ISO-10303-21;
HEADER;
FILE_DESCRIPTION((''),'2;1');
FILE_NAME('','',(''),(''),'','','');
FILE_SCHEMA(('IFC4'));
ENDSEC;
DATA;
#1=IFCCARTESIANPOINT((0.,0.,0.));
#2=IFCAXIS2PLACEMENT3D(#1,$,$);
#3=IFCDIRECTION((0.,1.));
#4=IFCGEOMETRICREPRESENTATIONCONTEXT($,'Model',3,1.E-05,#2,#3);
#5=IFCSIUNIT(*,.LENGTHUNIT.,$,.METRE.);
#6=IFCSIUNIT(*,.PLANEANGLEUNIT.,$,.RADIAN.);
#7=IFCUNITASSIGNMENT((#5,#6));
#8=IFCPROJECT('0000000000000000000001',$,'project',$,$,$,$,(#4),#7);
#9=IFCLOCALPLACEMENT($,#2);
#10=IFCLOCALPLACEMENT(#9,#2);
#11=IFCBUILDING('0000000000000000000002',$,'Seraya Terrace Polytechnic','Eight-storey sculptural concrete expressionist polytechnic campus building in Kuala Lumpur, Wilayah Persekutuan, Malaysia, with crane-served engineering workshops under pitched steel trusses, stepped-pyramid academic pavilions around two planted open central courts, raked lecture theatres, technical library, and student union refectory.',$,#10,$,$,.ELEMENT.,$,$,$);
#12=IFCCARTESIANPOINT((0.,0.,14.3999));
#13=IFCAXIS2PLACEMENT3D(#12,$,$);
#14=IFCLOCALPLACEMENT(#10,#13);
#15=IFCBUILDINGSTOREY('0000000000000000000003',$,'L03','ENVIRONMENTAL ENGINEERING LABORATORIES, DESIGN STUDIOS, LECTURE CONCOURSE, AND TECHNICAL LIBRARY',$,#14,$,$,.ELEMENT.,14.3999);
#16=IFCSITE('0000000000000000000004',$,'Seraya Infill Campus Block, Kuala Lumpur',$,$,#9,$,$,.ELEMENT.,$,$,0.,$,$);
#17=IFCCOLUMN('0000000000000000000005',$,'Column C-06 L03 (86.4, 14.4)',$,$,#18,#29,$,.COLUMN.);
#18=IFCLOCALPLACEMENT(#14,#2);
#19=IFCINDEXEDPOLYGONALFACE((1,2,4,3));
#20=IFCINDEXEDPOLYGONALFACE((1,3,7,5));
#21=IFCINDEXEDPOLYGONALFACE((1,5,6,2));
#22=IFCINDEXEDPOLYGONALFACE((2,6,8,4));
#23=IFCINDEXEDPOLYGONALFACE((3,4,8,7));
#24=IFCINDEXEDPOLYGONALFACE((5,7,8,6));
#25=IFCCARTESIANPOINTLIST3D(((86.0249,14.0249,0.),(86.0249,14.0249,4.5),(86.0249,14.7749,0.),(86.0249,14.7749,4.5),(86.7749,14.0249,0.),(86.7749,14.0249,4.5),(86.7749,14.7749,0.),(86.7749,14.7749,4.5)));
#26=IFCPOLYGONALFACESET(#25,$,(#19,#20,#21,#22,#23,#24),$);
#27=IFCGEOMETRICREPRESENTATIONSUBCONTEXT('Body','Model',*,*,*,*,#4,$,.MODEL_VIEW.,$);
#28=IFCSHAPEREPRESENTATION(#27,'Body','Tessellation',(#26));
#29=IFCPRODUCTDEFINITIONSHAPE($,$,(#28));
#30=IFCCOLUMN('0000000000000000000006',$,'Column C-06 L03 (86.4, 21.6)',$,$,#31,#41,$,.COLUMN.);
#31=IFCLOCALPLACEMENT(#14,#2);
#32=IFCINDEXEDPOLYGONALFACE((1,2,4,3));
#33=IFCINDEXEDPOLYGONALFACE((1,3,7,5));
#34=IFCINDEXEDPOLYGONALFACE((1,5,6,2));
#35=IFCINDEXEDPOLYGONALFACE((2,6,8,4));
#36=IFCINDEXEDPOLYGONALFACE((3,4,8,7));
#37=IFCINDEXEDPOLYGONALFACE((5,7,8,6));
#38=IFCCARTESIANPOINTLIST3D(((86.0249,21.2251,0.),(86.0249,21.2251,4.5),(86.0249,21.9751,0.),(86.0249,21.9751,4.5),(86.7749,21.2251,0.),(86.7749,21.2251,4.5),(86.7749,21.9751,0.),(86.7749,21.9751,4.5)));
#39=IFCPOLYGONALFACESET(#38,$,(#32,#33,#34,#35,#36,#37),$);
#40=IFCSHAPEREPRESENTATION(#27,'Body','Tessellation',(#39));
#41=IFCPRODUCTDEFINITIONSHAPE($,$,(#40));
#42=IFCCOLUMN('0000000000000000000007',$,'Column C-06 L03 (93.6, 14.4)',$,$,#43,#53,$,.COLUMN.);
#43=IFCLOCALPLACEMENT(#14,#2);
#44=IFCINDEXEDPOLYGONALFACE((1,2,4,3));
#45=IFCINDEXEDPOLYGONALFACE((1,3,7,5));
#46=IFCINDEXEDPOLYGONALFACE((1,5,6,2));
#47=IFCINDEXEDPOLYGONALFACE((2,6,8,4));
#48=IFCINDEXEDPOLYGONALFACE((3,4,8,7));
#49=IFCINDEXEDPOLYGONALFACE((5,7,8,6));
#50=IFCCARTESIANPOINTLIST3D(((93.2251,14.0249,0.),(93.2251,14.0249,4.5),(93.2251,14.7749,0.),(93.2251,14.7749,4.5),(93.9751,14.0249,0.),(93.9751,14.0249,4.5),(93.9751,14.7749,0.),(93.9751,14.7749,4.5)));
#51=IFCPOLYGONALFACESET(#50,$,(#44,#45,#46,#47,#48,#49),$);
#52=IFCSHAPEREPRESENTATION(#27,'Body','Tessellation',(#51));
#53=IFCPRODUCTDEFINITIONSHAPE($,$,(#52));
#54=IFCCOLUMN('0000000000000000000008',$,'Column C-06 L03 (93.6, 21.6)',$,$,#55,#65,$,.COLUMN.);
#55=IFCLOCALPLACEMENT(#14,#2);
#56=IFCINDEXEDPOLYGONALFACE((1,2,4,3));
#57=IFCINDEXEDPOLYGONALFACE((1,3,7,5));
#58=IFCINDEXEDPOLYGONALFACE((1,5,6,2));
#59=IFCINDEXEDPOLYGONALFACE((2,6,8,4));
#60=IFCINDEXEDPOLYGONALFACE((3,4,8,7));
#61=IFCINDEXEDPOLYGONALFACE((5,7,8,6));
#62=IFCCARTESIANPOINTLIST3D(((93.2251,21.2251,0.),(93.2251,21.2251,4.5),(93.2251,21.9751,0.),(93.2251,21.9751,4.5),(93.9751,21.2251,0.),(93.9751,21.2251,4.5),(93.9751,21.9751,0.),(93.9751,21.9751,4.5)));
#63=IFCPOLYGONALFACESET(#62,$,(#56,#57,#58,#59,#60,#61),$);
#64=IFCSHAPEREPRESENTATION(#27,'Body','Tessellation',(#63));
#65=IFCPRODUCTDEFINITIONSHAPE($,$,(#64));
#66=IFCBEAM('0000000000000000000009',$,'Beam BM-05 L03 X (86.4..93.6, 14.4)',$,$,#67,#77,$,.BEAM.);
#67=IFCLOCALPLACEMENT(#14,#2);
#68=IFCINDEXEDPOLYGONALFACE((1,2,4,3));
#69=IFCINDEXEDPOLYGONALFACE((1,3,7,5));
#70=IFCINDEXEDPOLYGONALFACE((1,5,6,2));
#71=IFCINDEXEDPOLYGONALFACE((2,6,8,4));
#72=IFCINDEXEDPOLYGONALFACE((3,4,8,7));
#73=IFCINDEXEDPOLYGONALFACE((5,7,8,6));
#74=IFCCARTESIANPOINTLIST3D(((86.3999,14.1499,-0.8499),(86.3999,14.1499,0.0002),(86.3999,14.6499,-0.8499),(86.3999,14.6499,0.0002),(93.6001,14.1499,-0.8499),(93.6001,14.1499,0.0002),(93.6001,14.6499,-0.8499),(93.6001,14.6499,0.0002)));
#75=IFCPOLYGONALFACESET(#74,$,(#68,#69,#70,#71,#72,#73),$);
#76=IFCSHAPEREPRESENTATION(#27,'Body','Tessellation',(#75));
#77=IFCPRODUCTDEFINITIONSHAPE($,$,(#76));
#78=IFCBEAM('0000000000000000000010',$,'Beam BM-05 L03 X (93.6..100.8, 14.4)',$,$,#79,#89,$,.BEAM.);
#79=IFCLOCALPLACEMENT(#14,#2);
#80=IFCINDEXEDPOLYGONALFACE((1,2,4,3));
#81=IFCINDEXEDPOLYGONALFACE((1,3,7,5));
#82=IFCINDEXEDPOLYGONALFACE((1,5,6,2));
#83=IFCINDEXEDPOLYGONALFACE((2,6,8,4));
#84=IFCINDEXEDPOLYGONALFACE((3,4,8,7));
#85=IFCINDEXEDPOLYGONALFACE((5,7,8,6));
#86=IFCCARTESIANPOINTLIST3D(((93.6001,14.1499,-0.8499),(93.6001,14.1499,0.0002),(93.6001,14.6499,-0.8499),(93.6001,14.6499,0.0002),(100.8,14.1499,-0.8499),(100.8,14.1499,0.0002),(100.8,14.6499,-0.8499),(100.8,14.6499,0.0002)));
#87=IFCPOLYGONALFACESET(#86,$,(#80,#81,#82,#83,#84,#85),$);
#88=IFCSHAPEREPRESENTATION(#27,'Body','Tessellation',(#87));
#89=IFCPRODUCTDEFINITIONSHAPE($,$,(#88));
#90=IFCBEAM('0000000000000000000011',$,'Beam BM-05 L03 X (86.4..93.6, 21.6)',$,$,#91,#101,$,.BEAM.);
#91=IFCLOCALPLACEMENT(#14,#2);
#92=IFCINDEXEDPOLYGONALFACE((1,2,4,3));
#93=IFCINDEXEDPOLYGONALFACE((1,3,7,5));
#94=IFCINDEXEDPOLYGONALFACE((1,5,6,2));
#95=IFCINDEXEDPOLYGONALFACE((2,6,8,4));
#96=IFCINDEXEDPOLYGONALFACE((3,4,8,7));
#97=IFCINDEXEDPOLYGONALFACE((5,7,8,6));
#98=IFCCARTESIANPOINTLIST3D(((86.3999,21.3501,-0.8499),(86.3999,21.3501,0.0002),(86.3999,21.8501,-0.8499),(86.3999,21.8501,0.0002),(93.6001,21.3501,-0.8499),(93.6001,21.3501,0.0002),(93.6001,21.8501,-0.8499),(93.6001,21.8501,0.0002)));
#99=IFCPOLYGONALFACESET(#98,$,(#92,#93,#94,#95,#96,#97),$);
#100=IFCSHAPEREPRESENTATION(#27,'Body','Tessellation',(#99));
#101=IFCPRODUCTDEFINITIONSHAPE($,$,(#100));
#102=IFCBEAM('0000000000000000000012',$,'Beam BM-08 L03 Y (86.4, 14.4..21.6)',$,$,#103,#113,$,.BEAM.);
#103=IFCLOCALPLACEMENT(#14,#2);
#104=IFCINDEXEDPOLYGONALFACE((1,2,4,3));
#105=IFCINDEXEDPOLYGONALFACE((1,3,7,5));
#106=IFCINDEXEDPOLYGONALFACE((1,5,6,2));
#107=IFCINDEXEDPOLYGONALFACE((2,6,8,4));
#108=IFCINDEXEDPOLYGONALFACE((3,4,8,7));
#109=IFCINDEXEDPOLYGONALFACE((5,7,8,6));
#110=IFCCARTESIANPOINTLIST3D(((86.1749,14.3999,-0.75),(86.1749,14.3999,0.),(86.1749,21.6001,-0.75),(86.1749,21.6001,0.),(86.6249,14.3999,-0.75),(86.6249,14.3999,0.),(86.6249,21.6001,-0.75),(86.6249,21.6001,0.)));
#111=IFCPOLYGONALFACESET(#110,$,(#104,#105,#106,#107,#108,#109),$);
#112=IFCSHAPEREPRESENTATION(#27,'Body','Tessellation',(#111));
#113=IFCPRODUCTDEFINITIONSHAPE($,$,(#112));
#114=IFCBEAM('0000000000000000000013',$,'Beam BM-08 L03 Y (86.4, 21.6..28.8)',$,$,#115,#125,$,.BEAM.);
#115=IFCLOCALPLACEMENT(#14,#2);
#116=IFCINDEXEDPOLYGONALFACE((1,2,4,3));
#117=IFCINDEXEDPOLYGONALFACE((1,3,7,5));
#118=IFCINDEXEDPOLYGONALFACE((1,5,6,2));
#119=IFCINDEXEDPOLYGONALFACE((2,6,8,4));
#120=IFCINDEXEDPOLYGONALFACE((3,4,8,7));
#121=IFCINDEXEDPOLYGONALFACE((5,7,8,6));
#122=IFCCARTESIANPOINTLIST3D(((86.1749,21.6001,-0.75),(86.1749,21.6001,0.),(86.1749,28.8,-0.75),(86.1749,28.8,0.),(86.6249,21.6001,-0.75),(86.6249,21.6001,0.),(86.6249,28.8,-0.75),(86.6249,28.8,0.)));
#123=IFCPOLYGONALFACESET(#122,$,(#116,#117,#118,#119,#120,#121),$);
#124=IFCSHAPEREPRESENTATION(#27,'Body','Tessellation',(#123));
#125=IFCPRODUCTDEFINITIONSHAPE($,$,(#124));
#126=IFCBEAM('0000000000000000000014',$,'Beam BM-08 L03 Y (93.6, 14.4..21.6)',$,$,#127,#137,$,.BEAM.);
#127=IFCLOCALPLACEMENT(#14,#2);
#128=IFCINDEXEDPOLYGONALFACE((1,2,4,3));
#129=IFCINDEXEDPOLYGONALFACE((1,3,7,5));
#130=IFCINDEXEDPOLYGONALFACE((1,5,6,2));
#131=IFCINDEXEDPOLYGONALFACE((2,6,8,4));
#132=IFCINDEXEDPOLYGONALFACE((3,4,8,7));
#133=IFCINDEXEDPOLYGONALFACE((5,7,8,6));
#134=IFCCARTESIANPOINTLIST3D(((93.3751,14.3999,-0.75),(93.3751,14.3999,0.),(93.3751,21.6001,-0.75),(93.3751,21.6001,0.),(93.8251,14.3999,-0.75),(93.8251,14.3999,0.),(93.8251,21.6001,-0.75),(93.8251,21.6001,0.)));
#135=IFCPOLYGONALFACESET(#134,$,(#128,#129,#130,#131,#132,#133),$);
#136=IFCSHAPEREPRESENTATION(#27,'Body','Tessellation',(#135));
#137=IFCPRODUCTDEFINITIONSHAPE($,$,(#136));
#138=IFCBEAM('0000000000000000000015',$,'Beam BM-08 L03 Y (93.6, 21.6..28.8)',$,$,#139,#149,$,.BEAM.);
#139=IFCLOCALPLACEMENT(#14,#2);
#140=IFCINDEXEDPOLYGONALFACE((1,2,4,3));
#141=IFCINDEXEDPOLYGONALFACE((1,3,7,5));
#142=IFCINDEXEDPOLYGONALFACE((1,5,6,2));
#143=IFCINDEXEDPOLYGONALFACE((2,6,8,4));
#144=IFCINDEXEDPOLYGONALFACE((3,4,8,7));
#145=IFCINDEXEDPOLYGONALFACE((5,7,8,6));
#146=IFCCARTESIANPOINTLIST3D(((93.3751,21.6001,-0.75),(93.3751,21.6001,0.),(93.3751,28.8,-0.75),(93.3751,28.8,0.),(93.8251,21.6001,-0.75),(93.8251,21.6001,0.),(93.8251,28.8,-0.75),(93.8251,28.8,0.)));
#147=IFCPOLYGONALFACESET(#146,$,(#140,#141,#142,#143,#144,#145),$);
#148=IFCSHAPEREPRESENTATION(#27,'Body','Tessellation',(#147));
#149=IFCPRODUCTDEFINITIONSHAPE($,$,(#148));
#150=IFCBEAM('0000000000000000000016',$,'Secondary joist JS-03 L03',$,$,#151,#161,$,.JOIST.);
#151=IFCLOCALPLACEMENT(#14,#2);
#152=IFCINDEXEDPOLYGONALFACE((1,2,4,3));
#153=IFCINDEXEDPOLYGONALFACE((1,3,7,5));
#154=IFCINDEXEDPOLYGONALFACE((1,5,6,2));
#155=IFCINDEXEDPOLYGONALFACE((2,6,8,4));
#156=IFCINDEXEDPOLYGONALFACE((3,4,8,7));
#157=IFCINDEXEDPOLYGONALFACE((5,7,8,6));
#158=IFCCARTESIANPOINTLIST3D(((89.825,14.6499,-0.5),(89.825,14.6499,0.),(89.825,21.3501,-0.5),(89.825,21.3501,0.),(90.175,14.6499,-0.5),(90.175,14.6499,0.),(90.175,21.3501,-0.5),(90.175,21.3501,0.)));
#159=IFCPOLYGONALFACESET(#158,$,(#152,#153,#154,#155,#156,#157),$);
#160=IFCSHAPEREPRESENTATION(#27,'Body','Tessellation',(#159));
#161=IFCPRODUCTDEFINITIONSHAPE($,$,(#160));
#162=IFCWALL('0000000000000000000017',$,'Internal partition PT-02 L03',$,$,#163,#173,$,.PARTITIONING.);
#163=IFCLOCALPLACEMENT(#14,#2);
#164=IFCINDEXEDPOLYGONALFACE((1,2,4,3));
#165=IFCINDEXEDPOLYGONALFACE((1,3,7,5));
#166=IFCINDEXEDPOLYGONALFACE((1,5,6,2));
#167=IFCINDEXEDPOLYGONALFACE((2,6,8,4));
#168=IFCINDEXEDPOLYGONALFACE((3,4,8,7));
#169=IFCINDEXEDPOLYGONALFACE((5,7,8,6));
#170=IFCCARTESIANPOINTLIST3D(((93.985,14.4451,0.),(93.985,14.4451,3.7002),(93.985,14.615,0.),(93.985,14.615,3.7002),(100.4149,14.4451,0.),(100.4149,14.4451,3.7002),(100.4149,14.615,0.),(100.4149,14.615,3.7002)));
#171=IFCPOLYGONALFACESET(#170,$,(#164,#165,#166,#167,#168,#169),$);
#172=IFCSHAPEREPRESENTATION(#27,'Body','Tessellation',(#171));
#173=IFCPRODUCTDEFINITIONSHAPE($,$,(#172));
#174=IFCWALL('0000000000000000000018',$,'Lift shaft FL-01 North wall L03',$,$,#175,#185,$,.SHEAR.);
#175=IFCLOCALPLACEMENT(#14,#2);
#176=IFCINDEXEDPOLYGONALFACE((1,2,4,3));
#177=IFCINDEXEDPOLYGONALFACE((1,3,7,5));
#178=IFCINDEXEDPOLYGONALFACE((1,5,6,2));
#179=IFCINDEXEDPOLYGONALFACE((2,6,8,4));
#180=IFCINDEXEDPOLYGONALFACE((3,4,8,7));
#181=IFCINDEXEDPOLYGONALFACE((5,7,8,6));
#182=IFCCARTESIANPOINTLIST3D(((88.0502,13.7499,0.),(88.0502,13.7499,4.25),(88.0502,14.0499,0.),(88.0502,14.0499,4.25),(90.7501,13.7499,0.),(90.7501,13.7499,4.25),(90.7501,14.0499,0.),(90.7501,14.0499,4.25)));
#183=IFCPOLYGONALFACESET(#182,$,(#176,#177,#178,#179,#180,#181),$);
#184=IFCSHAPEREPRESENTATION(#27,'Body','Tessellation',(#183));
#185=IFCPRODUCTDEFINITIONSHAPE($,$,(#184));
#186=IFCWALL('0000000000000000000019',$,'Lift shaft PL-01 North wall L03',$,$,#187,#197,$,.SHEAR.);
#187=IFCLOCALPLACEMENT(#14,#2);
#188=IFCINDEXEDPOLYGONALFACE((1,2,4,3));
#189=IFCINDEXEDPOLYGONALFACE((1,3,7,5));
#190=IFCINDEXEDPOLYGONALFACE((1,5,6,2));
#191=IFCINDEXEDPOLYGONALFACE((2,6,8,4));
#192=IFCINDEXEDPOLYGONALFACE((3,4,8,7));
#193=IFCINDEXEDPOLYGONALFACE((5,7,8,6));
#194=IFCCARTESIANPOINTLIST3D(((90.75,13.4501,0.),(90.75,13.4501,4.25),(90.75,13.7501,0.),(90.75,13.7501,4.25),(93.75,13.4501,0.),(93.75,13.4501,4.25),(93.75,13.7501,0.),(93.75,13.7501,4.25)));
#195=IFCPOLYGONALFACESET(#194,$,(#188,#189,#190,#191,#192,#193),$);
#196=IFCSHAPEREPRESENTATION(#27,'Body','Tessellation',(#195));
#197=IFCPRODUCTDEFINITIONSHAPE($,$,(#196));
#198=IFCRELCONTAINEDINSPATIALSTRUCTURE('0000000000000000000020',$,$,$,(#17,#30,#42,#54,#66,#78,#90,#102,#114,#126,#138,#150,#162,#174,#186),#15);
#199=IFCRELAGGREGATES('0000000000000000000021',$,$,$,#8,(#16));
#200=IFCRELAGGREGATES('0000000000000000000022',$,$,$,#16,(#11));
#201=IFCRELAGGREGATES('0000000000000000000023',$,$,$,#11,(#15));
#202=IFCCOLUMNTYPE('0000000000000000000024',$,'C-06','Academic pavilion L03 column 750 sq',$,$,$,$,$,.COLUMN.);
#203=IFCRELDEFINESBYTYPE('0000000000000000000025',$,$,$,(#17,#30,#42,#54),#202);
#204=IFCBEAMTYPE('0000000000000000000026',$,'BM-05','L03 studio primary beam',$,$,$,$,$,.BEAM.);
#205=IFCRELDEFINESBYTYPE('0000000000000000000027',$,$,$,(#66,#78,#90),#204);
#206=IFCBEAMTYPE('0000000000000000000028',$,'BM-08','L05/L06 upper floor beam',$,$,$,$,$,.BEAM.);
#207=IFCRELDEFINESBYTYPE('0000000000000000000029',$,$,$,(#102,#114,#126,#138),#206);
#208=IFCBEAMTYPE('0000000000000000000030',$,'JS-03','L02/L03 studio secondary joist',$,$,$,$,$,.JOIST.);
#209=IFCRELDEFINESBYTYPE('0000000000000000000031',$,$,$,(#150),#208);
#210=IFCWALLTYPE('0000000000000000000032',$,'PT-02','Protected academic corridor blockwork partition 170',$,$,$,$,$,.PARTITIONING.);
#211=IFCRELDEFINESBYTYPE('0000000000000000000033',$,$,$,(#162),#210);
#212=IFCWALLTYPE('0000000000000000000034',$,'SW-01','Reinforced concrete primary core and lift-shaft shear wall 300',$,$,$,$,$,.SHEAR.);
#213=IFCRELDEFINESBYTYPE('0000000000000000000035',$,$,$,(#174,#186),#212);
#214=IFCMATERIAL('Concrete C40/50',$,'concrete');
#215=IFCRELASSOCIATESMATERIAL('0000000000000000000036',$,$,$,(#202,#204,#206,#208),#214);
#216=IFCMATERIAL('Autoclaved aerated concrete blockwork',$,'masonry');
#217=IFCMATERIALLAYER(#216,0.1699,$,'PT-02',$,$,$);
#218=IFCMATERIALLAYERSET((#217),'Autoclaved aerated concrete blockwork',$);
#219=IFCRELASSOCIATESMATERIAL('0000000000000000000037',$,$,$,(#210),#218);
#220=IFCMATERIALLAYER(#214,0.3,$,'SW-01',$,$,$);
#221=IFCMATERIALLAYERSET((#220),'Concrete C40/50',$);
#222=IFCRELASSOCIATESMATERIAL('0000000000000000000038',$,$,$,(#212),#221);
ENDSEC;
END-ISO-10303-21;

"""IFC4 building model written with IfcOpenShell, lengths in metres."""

from ifc_helpers import new_model, si_unit, direction, frame, frame_2d, origin, origin_2d, place, context, subcontext, project, spatial, rectangle, extrude, material, layer, layer_set, material_profile, profile_set, type_object, element, save


model = new_model("IFC4")

# Units and contexts
model_context = context("Model", 3, precision=1e-05, world=origin(), true_north=direction((0.0, 1.0)))
body_context = subcontext(model_context, "Body", "Model", "MODEL_VIEW")
ifc_project = project(units=[si_unit("LENGTHUNIT", "METRE"), si_unit("PLANEANGLEUNIT", "RADIAN")], contexts=[model_context])

# Site, building, storey
site_placement = place(None, origin())
site = spatial("IfcSite", under=ifc_project, at=site_placement, Name="Seraya Infill Campus Block, Kuala Lumpur", CompositionType="ELEMENT", RefElevation=0.0)
building_placement = place(site_placement, origin())
building = spatial("IfcBuilding", under=site, at=building_placement, Name="Seraya Terrace Polytechnic", Description="Eight-storey sculptural concrete expressionist polytechnic campus building in Kuala Lumpur, Wilayah Persekutuan, Malaysia, with crane-served engineering workshops under pitched steel trusses, stepped-pyramid academic pavilions around two planted open central courts, raked lecture theatres, technical library, and student union refectory.", CompositionType="ELEMENT")
storey_placement = place(building_placement, frame((0.0, 0.0, 14.3999)))
storey = spatial("IfcBuildingStorey", under=building, at=storey_placement, Name="L03", Description="ENVIRONMENTAL ENGINEERING LABORATORIES, DESIGN STUDIOS, LECTURE CONCOURSE, AND TECHNICAL LIBRARY", CompositionType="ELEMENT", Elevation=14.3999)

# Columns
ifc_material_1 = material(Name="Concrete C40/50", Category="concrete")
ifc_material_profile_1 = material_profile(ifc_material_1, rectangle(XDim=0.75, YDim=0.75, at=origin_2d()), Name="RC 750x750")
ifc_profile_set_1 = profile_set([ifc_material_profile_1], Name="Concrete C40/50")
column_type = type_object("IfcColumnType", Name="C-06", Description="Academic pavilion L03 column 750 sq", PredefinedType="COLUMN", material=ifc_profile_set_1)
for number, where, z_axis, x_axis, name in (
    (1, (86.3999, 14.3999, 0.0), (0.0, 0.0, 1.0), (1.0, 0.0, 0.0), "Column C-06 L03 (86.4, 14.4)"),
    (2, (86.3999, 21.6001, 0.0), (0.0, 0.0, 1.0), (1.0, 0.0, 0.0), "Column C-06 L03 (86.4, 21.6)"),
    (3, (93.6001, 14.3999, 0.0), (0.0, 0.0, 1.0), (1.0, 0.0, 0.0), "Column C-06 L03 (93.6, 14.4)"),
    (4, (93.6001, 21.6001, 0.0), (0.0, 0.0, 1.0), (1.0, 0.0, 0.0), "Column C-06 L03 (93.6, 21.6)"),
):
    element("IfcColumn", number, at=place(storey_placement, frame(where, z_axis=z_axis, x_axis=x_axis)), inside=storey, type_object=column_type, Name=name, PredefinedType="COLUMN", context=body_context, shape_type="SweptSolid", body=[
        extrude(rectangle(XDim=0.75, YDim=0.75, at=origin_2d()), origin(), (0.0, 0.0, 1.0), 4.5),
    ])

# Beams
ifc_material_profile_2 = material_profile(ifc_material_1, rectangle(XDim=0.5, YDim=0.8501, at=origin_2d()), Name="RC 500x850")
ifc_profile_set_2 = profile_set([ifc_material_profile_2], Name="Concrete C40/50")
beam_type_1 = type_object("IfcBeamType", Name="BM-05", Description="L03 studio primary beam", PredefinedType="BEAM", material=ifc_profile_set_2)
beam_1_placement = place(storey_placement, frame((86.3999, 14.3999, -0.4248), z_axis=(1.0, 0.0, 0.0), x_axis=(0.0, 1.0, 0.0)))
element("IfcBeam", 5, at=beam_1_placement, inside=storey, type_object=beam_type_1, Name="Beam BM-05 L03 X (86.4..93.6, 14.4)", PredefinedType="BEAM", context=body_context, shape_type="SweptSolid", body=[
    extrude(rectangle(XDim=0.5, YDim=0.8501, at=origin_2d()), origin(), (0.0, 0.0, 1.0), 7.2002),
])
beam_2_placement = place(storey_placement, frame((93.6001, 14.3999, -0.4248), z_axis=(1.0, 0.0, 0.0), x_axis=(0.0, 1.0, 0.0)))
element("IfcBeam", 6, at=beam_2_placement, inside=storey, type_object=beam_type_1, Name="Beam BM-05 L03 X (93.6..100.8, 14.4)", PredefinedType="BEAM", context=body_context, shape_type="SweptSolid", body=[
    extrude(rectangle(XDim=0.5, YDim=0.8501, at=origin_2d()), origin(), (0.0, 0.0, 1.0), 7.2),
])
beam_3_placement = place(storey_placement, frame((86.3999, 21.6001, -0.4248), z_axis=(1.0, 0.0, 0.0), x_axis=(0.0, 1.0, 0.0)))
element("IfcBeam", 7, at=beam_3_placement, inside=storey, type_object=beam_type_1, Name="Beam BM-05 L03 X (86.4..93.6, 21.6)", PredefinedType="BEAM", context=body_context, shape_type="SweptSolid", body=[
    extrude(rectangle(XDim=0.5, YDim=0.8501, at=origin_2d()), origin(), (0.0, 0.0, 1.0), 7.2002),
])
ifc_material_profile_3 = material_profile(ifc_material_1, rectangle(XDim=0.45, YDim=0.75, at=origin_2d()), Name="RC 450x750")
ifc_profile_set_3 = profile_set([ifc_material_profile_3], Name="Concrete C40/50")
beam_type_2 = type_object("IfcBeamType", Name="BM-08", Description="L05/L06 upper floor beam", PredefinedType="BEAM", material=ifc_profile_set_3)
beam_4_placement = place(storey_placement, frame((86.3999, 14.3999, -0.375), z_axis=(0.0, 1.0, 0.0), x_axis=(-1.0, 0.0, 0.0)))
element("IfcBeam", 8, at=beam_4_placement, inside=storey, type_object=beam_type_2, Name="Beam BM-08 L03 Y (86.4, 14.4..21.6)", PredefinedType="BEAM", context=body_context, shape_type="SweptSolid", body=[
    extrude(rectangle(XDim=0.45, YDim=0.75, at=origin_2d()), origin(), (0.0, 0.0, 1.0), 7.2002),
])
beam_5_placement = place(storey_placement, frame((86.3999, 21.6001, -0.375), z_axis=(0.0, 1.0, 0.0), x_axis=(-1.0, 0.0, 0.0)))
element("IfcBeam", 9, at=beam_5_placement, inside=storey, type_object=beam_type_2, Name="Beam BM-08 L03 Y (86.4, 21.6..28.8)", PredefinedType="BEAM", context=body_context, shape_type="SweptSolid", body=[
    extrude(rectangle(XDim=0.45, YDim=0.75, at=origin_2d()), origin(), (0.0, 0.0, 1.0), 7.2),
])
beam_6_placement = place(storey_placement, frame((93.6001, 14.3999, -0.375), z_axis=(0.0, 1.0, 0.0), x_axis=(-1.0, 0.0, 0.0)))
element("IfcBeam", 10, at=beam_6_placement, inside=storey, type_object=beam_type_2, Name="Beam BM-08 L03 Y (93.6, 14.4..21.6)", PredefinedType="BEAM", context=body_context, shape_type="SweptSolid", body=[
    extrude(rectangle(XDim=0.45, YDim=0.75, at=origin_2d()), origin(), (0.0, 0.0, 1.0), 7.2002),
])
beam_7_placement = place(storey_placement, frame((93.6001, 21.6001, -0.375), z_axis=(0.0, 1.0, 0.0), x_axis=(-1.0, 0.0, 0.0)))
element("IfcBeam", 11, at=beam_7_placement, inside=storey, type_object=beam_type_2, Name="Beam BM-08 L03 Y (93.6, 21.6..28.8)", PredefinedType="BEAM", context=body_context, shape_type="SweptSolid", body=[
    extrude(rectangle(XDim=0.45, YDim=0.75, at=origin_2d()), origin(), (0.0, 0.0, 1.0), 7.2),
])
ifc_material_profile_4 = material_profile(ifc_material_1, rectangle(XDim=0.3501, YDim=0.5, at=origin_2d()), Name="RC 350x500")
ifc_profile_set_4 = profile_set([ifc_material_profile_4], Name="Concrete C40/50")
beam_type_3 = type_object("IfcBeamType", Name="JS-03", Description="L02/L03 studio secondary joist", PredefinedType="JOIST", material=ifc_profile_set_4)
beam_8_placement = place(storey_placement, frame((90.0, 14.6499, -0.25), z_axis=(0.0, 1.0, 0.0), x_axis=(-1.0, 0.0, 0.0)))
element("IfcBeam", 12, at=beam_8_placement, inside=storey, type_object=beam_type_3, Name="Secondary joist JS-03 L03", PredefinedType="JOIST", context=body_context, shape_type="SweptSolid", body=[
    extrude(rectangle(XDim=0.3501, YDim=0.5, at=origin_2d()), origin(), (0.0, 0.0, 1.0), 6.7002),
])

# Walls
ifc_material_2 = material(Name="Autoclaved aerated concrete blockwork", Category="masonry")
ifc_layer_1 = layer(ifc_material_2, 0.1699, Name="PT-02")
ifc_layer_set_1 = layer_set([ifc_layer_1], Name="Autoclaved aerated concrete blockwork")
wall_type_1 = type_object("IfcWallType", Name="PT-02", Description="Protected academic corridor blockwork partition 170", PredefinedType="PARTITIONING", material=ifc_layer_set_1)
wall_1_placement = place(storey_placement, frame((93.9851, 14.53, 0.0), z_axis=(0.0, 0.0, 1.0), x_axis=(1.0, 0.0, 0.0)))
element("IfcWall", 13, at=wall_1_placement, inside=storey, type_object=wall_type_1, Name="Internal partition PT-02 L03", PredefinedType="PARTITIONING", context=body_context, shape_type="SweptSolid", body=[
    extrude(rectangle(XDim=6.4299, YDim=0.1699, at=frame_2d((3.2148, 0.0))), origin(), (0.0, 0.0, 1.0), 3.7002),
])
ifc_layer_2 = layer(ifc_material_1, 0.3, Name="SW-01")
ifc_layer_set_2 = layer_set([ifc_layer_2], Name="Concrete C40/50")
wall_type_2 = type_object("IfcWallType", Name="SW-01", Description="Reinforced concrete primary core and lift-shaft shear wall 300", PredefinedType="SHEAR", material=ifc_layer_set_2)
wall_2_placement = place(storey_placement, frame((88.05, 13.8999, 0.0), z_axis=(0.0, 0.0, 1.0), x_axis=(1.0, 0.0, 0.0)))
element("IfcWall", 14, at=wall_2_placement, inside=storey, type_object=wall_type_2, Name="Lift shaft FL-01 North wall L03", PredefinedType="SHEAR", context=body_context, shape_type="SweptSolid", body=[
    extrude(rectangle(XDim=2.7, YDim=0.3, at=frame_2d((1.3501, 0.0))), origin(), (0.0, 0.0, 1.0), 4.25),
])
wall_3_placement = place(storey_placement, frame((90.75, 13.6001, 0.0), z_axis=(0.0, 0.0, 1.0), x_axis=(1.0, 0.0, 0.0)))
element("IfcWall", 15, at=wall_3_placement, inside=storey, type_object=wall_type_2, Name="Lift shaft PL-01 North wall L03", PredefinedType="SHEAR", context=body_context, shape_type="SweptSolid", body=[
    extrude(rectangle(XDim=3.0, YDim=0.3, at=frame_2d((1.5, 0.0))), origin(), (0.0, 0.0, 1.0), 4.25),
])

save(model, "model.ifc")
